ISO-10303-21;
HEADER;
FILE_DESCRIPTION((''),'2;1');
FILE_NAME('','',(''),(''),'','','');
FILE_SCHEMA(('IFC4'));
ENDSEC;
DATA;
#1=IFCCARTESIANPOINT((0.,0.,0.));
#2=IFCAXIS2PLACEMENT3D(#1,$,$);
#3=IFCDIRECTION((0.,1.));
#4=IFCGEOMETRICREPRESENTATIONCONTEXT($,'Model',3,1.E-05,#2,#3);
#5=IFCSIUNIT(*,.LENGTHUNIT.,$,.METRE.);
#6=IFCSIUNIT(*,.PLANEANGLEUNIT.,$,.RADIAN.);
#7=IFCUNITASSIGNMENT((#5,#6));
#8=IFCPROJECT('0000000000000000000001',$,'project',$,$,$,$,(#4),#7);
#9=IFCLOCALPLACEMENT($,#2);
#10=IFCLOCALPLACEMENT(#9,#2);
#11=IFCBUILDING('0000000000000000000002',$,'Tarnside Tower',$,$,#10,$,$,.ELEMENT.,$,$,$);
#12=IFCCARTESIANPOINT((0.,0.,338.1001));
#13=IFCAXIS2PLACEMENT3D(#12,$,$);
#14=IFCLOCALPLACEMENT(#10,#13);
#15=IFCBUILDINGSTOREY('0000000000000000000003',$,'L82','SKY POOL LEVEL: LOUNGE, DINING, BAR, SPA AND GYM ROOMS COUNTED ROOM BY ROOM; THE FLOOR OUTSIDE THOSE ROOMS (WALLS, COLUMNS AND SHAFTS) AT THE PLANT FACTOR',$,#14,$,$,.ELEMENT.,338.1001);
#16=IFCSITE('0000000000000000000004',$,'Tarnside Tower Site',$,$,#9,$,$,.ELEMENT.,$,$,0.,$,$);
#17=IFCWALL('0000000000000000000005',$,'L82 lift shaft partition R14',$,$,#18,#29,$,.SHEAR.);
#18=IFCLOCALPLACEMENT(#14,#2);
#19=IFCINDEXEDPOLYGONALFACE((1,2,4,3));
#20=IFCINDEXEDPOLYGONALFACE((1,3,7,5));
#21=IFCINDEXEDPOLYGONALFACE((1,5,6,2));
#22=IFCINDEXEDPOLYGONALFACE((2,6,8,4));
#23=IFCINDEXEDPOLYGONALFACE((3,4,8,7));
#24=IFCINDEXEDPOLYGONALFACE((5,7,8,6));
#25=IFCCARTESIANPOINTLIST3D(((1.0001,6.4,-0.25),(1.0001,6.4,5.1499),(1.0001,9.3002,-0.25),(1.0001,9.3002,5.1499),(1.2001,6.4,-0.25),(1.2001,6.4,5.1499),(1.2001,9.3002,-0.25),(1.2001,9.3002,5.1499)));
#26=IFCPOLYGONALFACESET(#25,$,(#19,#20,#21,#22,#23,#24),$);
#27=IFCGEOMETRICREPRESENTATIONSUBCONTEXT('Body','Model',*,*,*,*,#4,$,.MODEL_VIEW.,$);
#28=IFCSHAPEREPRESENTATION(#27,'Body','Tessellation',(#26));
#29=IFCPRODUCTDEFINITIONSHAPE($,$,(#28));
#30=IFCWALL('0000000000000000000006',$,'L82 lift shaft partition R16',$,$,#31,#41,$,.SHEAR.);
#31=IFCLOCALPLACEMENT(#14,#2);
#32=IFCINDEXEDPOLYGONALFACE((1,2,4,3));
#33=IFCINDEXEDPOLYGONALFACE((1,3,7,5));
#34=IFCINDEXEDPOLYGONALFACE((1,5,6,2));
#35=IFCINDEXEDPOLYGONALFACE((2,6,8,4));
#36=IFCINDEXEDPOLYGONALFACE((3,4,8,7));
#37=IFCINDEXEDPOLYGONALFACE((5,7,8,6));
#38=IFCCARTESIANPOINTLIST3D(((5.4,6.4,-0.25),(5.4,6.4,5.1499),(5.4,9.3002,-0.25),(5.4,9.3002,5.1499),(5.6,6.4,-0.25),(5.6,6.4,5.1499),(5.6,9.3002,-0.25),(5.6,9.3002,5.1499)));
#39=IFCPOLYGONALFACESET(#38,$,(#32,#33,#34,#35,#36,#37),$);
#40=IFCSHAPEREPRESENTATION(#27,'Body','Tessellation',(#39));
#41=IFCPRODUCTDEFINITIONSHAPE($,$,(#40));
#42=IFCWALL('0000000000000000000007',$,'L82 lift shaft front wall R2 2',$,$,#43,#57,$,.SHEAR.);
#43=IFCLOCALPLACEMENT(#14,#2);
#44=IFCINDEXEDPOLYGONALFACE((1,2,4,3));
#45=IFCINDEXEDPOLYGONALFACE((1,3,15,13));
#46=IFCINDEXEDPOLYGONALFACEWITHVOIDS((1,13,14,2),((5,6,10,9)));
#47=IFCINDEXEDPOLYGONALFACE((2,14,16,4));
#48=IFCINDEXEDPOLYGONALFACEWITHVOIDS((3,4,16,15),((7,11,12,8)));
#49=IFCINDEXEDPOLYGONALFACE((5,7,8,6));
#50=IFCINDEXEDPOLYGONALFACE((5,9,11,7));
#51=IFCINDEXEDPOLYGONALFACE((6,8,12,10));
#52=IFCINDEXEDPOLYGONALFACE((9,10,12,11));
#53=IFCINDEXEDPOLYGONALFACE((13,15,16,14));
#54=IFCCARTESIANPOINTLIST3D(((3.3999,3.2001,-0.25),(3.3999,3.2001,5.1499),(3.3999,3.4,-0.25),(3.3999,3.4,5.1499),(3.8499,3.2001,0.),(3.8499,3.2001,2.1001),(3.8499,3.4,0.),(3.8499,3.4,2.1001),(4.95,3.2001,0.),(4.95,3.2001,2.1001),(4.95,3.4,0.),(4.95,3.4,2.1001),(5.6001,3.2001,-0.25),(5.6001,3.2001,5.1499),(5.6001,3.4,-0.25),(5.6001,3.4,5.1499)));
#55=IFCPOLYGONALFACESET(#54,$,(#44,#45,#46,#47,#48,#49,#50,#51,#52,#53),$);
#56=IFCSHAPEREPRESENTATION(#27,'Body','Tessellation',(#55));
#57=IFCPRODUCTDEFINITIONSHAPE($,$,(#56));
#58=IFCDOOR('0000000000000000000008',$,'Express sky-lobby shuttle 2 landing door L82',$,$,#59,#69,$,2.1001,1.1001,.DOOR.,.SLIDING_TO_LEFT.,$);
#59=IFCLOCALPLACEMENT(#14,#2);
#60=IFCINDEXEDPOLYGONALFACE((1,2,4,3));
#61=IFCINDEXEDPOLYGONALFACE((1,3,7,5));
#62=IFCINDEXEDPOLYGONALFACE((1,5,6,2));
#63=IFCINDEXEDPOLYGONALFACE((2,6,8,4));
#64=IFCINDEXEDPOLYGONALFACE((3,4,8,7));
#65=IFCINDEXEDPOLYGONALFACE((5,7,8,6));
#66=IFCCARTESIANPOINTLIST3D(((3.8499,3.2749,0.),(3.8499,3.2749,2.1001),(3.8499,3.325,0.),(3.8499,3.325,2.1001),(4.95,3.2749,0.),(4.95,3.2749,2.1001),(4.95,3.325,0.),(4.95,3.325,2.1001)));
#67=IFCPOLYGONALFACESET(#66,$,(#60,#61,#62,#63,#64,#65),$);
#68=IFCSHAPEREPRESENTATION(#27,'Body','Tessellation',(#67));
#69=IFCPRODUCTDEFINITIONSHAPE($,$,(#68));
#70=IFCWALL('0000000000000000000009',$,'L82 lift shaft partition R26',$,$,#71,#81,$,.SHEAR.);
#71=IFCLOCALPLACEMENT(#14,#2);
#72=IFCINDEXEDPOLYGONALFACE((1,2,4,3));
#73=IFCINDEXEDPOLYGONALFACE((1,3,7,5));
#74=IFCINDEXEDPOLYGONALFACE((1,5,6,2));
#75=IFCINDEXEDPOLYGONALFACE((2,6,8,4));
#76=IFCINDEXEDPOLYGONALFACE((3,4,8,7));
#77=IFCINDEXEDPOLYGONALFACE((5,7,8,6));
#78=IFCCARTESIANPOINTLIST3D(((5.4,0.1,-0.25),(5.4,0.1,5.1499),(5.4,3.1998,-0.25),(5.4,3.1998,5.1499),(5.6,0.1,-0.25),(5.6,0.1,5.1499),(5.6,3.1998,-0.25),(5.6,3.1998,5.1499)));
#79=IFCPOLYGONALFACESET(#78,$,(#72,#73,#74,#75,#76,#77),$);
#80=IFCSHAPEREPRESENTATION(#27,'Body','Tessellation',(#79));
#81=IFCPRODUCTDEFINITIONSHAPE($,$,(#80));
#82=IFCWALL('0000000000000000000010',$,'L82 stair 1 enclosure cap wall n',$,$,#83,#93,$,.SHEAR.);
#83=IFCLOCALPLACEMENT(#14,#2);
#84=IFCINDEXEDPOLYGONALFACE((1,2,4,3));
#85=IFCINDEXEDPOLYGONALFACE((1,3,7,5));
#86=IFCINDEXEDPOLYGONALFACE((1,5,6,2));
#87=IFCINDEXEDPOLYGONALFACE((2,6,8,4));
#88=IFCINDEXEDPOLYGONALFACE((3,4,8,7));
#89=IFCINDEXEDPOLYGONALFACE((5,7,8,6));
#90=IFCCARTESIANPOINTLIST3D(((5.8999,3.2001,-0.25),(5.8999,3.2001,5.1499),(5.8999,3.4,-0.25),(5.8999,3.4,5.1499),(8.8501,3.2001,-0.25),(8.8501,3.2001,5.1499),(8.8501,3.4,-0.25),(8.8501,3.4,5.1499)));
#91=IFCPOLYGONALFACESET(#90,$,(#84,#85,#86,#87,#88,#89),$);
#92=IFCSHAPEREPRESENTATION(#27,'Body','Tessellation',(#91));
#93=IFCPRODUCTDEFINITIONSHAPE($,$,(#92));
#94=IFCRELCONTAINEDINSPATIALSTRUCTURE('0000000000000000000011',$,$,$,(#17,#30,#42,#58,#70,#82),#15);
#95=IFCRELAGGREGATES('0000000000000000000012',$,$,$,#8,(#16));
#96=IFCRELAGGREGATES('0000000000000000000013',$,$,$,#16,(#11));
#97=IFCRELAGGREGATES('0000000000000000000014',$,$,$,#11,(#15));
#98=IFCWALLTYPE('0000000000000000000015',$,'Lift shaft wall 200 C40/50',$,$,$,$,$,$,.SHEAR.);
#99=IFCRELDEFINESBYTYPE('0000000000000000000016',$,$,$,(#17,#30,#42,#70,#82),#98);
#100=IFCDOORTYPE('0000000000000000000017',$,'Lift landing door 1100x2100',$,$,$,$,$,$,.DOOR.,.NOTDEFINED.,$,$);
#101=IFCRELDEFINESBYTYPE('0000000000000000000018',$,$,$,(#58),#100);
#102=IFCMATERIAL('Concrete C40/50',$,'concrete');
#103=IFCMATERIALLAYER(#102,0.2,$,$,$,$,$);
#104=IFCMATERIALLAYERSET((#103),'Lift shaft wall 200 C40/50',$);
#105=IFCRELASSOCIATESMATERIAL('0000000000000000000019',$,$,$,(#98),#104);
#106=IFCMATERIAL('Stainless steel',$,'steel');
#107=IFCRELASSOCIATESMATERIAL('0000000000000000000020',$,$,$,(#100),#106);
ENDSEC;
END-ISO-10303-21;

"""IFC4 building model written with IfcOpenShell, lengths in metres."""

from ifc_helpers import new_model, si_unit, direction, frame, frame_2d, origin, place, context, subcontext, project, spatial, rectangle, extrude, material, layer, layer_set, type_object, element, fill, save


model = new_model("IFC4")

# Units and contexts
model_context = context("Model", 3, precision=1e-05, world=origin(), true_north=direction((0.0, 1.0)))
body_context = subcontext(model_context, "Body", "Model", "MODEL_VIEW")
ifc_project = project(units=[si_unit("LENGTHUNIT", "METRE"), si_unit("PLANEANGLEUNIT", "RADIAN")], contexts=[model_context])

# Site, building, storey
site_placement = place(None, origin())
site = spatial("IfcSite", under=ifc_project, at=site_placement, Name="Tarnside Tower Site", CompositionType="ELEMENT", RefElevation=0.0)
building_placement = place(site_placement, origin())
building = spatial("IfcBuilding", under=site, at=building_placement, Name="Tarnside Tower", CompositionType="ELEMENT")
storey_placement = place(building_placement, frame((0.0, 0.0, 338.1001)))
storey = spatial("IfcBuildingStorey", under=building, at=storey_placement, Name="L82", Description="SKY POOL LEVEL: LOUNGE, DINING, BAR, SPA AND GYM ROOMS COUNTED ROOM BY ROOM; THE FLOOR OUTSIDE THOSE ROOMS (WALLS, COLUMNS AND SHAFTS) AT THE PLANT FACTOR", CompositionType="ELEMENT", Elevation=338.1001)

# Walls
ifc_material_1 = material(Name="Concrete C40/50", Category="concrete")
ifc_layer_1 = layer(ifc_material_1, 0.2)
ifc_layer_set_1 = layer_set([ifc_layer_1], Name="Lift shaft wall 200 C40/50")
wall_type_1 = type_object("IfcWallType", Name="Lift shaft wall 200 C40/50", PredefinedType="SHEAR", material=ifc_layer_set_1)
for number, where, z_axis, x_axis, name in (
    (1, (1.1001, 6.3999, -0.25), (0.0, 0.0, 1.0), (0.0, 1.0, 0.0), "L82 lift shaft partition R14"),
    (2, (5.5, 6.3999, -0.25), (0.0, 0.0, 1.0), (0.0, 1.0, 0.0), "L82 lift shaft partition R16"),
):
    element("IfcWall", number, at=place(storey_placement, frame(where, z_axis=z_axis, x_axis=x_axis)), inside=storey, type_object=wall_type_1, Name=name, PredefinedType="SHEAR", context=body_context, shape_type="SweptSolid", body=[
        extrude(rectangle(XDim=2.9001, YDim=0.2, at=frame_2d((1.4502, 0.0))), origin(), (0.0, 0.0, 1.0), 5.3999),
    ])

# Wall, opening, door
wall_1_placement = place(storey_placement, frame((3.3999, 3.3, -0.25), z_axis=(0.0, 0.0, 1.0), x_axis=(1.0, 0.0, 0.0)))
wall_1 = element("IfcWall", 3, at=wall_1_placement, inside=storey, type_object=wall_type_1, Name="L82 lift shaft front wall R2 2", PredefinedType="SHEAR", context=body_context, shape_type="SweptSolid", body=[
    extrude(rectangle(XDim=2.2002, YDim=0.2, at=frame_2d((1.1001, 0.0))), origin(), (0.0, 0.0, 1.0), 5.3999),
])
opening_1_placement = place(wall_1_placement, frame((0.45, 0.0, 0.25)))
opening_1 = element("IfcOpeningElement", 4, at=opening_1_placement, cuts=wall_1, PredefinedType="OPENING", context=body_context, shape_type="SweptSolid", body=[
    extrude(rectangle(XDim=1.1001, YDim=2.1001, at=frame_2d((0.55, 1.05))), frame((0.0, 0.1099, 0.0), z_axis=(0.0, -1.0, 0.0), x_axis=(1.0, 0.0, 0.0)), (0.0, 0.0, 1.0), 0.22),
])
ifc_material_2 = material(Name="Stainless steel", Category="steel")
door_type_1 = type_object("IfcDoorType", Name="Lift landing door 1100x2100", OperationType="NOTDEFINED", PredefinedType="DOOR", material=ifc_material_2)
door_1_placement = place(opening_1_placement, origin())
door_1 = element("IfcDoor", 5, at=door_1_placement, inside=storey, type_object=door_type_1, Name="Express sky-lobby shuttle 2 landing door L82", OperationType="SLIDING_TO_LEFT", OverallHeight=2.1001, OverallWidth=1.1001, PredefinedType="DOOR", context=body_context, shape_type="SweptSolid", body=[
    extrude(rectangle(XDim=1.1001, YDim=2.1001, at=frame_2d((0.55, 1.05))), frame((0.0, 0.0249, 0.0), z_axis=(0.0, -1.0, 0.0), x_axis=(1.0, 0.0, 0.0)), (0.0, 0.0, 1.0), 0.05),
])
fill(opening_1, door_1)

# Walls
wall_2_placement = place(storey_placement, frame((5.5, 0.1001, -0.25), z_axis=(0.0, 0.0, 1.0), x_axis=(0.0, 1.0, 0.0)))
element("IfcWall", 6, at=wall_2_placement, inside=storey, type_object=wall_type_1, Name="L82 lift shaft partition R26", PredefinedType="SHEAR", context=body_context, shape_type="SweptSolid", body=[
    extrude(rectangle(XDim=3.0999, YDim=0.2, at=frame_2d((1.5498, 0.0))), origin(), (0.0, 0.0, 1.0), 5.3999),
])
wall_3_placement = place(storey_placement, frame((5.8999, 3.3, -0.25), z_axis=(0.0, 0.0, 1.0), x_axis=(1.0, 0.0, 0.0)))
element("IfcWall", 7, at=wall_3_placement, inside=storey, type_object=wall_type_1, Name="L82 stair 1 enclosure cap wall n", PredefinedType="SHEAR", context=body_context, shape_type="SweptSolid", body=[
    extrude(rectangle(XDim=2.9502, YDim=0.2, at=frame_2d((1.4751, 0.0))), origin(), (0.0, 0.0, 1.0), 5.3999),
])

save(model, "model.ifc")
